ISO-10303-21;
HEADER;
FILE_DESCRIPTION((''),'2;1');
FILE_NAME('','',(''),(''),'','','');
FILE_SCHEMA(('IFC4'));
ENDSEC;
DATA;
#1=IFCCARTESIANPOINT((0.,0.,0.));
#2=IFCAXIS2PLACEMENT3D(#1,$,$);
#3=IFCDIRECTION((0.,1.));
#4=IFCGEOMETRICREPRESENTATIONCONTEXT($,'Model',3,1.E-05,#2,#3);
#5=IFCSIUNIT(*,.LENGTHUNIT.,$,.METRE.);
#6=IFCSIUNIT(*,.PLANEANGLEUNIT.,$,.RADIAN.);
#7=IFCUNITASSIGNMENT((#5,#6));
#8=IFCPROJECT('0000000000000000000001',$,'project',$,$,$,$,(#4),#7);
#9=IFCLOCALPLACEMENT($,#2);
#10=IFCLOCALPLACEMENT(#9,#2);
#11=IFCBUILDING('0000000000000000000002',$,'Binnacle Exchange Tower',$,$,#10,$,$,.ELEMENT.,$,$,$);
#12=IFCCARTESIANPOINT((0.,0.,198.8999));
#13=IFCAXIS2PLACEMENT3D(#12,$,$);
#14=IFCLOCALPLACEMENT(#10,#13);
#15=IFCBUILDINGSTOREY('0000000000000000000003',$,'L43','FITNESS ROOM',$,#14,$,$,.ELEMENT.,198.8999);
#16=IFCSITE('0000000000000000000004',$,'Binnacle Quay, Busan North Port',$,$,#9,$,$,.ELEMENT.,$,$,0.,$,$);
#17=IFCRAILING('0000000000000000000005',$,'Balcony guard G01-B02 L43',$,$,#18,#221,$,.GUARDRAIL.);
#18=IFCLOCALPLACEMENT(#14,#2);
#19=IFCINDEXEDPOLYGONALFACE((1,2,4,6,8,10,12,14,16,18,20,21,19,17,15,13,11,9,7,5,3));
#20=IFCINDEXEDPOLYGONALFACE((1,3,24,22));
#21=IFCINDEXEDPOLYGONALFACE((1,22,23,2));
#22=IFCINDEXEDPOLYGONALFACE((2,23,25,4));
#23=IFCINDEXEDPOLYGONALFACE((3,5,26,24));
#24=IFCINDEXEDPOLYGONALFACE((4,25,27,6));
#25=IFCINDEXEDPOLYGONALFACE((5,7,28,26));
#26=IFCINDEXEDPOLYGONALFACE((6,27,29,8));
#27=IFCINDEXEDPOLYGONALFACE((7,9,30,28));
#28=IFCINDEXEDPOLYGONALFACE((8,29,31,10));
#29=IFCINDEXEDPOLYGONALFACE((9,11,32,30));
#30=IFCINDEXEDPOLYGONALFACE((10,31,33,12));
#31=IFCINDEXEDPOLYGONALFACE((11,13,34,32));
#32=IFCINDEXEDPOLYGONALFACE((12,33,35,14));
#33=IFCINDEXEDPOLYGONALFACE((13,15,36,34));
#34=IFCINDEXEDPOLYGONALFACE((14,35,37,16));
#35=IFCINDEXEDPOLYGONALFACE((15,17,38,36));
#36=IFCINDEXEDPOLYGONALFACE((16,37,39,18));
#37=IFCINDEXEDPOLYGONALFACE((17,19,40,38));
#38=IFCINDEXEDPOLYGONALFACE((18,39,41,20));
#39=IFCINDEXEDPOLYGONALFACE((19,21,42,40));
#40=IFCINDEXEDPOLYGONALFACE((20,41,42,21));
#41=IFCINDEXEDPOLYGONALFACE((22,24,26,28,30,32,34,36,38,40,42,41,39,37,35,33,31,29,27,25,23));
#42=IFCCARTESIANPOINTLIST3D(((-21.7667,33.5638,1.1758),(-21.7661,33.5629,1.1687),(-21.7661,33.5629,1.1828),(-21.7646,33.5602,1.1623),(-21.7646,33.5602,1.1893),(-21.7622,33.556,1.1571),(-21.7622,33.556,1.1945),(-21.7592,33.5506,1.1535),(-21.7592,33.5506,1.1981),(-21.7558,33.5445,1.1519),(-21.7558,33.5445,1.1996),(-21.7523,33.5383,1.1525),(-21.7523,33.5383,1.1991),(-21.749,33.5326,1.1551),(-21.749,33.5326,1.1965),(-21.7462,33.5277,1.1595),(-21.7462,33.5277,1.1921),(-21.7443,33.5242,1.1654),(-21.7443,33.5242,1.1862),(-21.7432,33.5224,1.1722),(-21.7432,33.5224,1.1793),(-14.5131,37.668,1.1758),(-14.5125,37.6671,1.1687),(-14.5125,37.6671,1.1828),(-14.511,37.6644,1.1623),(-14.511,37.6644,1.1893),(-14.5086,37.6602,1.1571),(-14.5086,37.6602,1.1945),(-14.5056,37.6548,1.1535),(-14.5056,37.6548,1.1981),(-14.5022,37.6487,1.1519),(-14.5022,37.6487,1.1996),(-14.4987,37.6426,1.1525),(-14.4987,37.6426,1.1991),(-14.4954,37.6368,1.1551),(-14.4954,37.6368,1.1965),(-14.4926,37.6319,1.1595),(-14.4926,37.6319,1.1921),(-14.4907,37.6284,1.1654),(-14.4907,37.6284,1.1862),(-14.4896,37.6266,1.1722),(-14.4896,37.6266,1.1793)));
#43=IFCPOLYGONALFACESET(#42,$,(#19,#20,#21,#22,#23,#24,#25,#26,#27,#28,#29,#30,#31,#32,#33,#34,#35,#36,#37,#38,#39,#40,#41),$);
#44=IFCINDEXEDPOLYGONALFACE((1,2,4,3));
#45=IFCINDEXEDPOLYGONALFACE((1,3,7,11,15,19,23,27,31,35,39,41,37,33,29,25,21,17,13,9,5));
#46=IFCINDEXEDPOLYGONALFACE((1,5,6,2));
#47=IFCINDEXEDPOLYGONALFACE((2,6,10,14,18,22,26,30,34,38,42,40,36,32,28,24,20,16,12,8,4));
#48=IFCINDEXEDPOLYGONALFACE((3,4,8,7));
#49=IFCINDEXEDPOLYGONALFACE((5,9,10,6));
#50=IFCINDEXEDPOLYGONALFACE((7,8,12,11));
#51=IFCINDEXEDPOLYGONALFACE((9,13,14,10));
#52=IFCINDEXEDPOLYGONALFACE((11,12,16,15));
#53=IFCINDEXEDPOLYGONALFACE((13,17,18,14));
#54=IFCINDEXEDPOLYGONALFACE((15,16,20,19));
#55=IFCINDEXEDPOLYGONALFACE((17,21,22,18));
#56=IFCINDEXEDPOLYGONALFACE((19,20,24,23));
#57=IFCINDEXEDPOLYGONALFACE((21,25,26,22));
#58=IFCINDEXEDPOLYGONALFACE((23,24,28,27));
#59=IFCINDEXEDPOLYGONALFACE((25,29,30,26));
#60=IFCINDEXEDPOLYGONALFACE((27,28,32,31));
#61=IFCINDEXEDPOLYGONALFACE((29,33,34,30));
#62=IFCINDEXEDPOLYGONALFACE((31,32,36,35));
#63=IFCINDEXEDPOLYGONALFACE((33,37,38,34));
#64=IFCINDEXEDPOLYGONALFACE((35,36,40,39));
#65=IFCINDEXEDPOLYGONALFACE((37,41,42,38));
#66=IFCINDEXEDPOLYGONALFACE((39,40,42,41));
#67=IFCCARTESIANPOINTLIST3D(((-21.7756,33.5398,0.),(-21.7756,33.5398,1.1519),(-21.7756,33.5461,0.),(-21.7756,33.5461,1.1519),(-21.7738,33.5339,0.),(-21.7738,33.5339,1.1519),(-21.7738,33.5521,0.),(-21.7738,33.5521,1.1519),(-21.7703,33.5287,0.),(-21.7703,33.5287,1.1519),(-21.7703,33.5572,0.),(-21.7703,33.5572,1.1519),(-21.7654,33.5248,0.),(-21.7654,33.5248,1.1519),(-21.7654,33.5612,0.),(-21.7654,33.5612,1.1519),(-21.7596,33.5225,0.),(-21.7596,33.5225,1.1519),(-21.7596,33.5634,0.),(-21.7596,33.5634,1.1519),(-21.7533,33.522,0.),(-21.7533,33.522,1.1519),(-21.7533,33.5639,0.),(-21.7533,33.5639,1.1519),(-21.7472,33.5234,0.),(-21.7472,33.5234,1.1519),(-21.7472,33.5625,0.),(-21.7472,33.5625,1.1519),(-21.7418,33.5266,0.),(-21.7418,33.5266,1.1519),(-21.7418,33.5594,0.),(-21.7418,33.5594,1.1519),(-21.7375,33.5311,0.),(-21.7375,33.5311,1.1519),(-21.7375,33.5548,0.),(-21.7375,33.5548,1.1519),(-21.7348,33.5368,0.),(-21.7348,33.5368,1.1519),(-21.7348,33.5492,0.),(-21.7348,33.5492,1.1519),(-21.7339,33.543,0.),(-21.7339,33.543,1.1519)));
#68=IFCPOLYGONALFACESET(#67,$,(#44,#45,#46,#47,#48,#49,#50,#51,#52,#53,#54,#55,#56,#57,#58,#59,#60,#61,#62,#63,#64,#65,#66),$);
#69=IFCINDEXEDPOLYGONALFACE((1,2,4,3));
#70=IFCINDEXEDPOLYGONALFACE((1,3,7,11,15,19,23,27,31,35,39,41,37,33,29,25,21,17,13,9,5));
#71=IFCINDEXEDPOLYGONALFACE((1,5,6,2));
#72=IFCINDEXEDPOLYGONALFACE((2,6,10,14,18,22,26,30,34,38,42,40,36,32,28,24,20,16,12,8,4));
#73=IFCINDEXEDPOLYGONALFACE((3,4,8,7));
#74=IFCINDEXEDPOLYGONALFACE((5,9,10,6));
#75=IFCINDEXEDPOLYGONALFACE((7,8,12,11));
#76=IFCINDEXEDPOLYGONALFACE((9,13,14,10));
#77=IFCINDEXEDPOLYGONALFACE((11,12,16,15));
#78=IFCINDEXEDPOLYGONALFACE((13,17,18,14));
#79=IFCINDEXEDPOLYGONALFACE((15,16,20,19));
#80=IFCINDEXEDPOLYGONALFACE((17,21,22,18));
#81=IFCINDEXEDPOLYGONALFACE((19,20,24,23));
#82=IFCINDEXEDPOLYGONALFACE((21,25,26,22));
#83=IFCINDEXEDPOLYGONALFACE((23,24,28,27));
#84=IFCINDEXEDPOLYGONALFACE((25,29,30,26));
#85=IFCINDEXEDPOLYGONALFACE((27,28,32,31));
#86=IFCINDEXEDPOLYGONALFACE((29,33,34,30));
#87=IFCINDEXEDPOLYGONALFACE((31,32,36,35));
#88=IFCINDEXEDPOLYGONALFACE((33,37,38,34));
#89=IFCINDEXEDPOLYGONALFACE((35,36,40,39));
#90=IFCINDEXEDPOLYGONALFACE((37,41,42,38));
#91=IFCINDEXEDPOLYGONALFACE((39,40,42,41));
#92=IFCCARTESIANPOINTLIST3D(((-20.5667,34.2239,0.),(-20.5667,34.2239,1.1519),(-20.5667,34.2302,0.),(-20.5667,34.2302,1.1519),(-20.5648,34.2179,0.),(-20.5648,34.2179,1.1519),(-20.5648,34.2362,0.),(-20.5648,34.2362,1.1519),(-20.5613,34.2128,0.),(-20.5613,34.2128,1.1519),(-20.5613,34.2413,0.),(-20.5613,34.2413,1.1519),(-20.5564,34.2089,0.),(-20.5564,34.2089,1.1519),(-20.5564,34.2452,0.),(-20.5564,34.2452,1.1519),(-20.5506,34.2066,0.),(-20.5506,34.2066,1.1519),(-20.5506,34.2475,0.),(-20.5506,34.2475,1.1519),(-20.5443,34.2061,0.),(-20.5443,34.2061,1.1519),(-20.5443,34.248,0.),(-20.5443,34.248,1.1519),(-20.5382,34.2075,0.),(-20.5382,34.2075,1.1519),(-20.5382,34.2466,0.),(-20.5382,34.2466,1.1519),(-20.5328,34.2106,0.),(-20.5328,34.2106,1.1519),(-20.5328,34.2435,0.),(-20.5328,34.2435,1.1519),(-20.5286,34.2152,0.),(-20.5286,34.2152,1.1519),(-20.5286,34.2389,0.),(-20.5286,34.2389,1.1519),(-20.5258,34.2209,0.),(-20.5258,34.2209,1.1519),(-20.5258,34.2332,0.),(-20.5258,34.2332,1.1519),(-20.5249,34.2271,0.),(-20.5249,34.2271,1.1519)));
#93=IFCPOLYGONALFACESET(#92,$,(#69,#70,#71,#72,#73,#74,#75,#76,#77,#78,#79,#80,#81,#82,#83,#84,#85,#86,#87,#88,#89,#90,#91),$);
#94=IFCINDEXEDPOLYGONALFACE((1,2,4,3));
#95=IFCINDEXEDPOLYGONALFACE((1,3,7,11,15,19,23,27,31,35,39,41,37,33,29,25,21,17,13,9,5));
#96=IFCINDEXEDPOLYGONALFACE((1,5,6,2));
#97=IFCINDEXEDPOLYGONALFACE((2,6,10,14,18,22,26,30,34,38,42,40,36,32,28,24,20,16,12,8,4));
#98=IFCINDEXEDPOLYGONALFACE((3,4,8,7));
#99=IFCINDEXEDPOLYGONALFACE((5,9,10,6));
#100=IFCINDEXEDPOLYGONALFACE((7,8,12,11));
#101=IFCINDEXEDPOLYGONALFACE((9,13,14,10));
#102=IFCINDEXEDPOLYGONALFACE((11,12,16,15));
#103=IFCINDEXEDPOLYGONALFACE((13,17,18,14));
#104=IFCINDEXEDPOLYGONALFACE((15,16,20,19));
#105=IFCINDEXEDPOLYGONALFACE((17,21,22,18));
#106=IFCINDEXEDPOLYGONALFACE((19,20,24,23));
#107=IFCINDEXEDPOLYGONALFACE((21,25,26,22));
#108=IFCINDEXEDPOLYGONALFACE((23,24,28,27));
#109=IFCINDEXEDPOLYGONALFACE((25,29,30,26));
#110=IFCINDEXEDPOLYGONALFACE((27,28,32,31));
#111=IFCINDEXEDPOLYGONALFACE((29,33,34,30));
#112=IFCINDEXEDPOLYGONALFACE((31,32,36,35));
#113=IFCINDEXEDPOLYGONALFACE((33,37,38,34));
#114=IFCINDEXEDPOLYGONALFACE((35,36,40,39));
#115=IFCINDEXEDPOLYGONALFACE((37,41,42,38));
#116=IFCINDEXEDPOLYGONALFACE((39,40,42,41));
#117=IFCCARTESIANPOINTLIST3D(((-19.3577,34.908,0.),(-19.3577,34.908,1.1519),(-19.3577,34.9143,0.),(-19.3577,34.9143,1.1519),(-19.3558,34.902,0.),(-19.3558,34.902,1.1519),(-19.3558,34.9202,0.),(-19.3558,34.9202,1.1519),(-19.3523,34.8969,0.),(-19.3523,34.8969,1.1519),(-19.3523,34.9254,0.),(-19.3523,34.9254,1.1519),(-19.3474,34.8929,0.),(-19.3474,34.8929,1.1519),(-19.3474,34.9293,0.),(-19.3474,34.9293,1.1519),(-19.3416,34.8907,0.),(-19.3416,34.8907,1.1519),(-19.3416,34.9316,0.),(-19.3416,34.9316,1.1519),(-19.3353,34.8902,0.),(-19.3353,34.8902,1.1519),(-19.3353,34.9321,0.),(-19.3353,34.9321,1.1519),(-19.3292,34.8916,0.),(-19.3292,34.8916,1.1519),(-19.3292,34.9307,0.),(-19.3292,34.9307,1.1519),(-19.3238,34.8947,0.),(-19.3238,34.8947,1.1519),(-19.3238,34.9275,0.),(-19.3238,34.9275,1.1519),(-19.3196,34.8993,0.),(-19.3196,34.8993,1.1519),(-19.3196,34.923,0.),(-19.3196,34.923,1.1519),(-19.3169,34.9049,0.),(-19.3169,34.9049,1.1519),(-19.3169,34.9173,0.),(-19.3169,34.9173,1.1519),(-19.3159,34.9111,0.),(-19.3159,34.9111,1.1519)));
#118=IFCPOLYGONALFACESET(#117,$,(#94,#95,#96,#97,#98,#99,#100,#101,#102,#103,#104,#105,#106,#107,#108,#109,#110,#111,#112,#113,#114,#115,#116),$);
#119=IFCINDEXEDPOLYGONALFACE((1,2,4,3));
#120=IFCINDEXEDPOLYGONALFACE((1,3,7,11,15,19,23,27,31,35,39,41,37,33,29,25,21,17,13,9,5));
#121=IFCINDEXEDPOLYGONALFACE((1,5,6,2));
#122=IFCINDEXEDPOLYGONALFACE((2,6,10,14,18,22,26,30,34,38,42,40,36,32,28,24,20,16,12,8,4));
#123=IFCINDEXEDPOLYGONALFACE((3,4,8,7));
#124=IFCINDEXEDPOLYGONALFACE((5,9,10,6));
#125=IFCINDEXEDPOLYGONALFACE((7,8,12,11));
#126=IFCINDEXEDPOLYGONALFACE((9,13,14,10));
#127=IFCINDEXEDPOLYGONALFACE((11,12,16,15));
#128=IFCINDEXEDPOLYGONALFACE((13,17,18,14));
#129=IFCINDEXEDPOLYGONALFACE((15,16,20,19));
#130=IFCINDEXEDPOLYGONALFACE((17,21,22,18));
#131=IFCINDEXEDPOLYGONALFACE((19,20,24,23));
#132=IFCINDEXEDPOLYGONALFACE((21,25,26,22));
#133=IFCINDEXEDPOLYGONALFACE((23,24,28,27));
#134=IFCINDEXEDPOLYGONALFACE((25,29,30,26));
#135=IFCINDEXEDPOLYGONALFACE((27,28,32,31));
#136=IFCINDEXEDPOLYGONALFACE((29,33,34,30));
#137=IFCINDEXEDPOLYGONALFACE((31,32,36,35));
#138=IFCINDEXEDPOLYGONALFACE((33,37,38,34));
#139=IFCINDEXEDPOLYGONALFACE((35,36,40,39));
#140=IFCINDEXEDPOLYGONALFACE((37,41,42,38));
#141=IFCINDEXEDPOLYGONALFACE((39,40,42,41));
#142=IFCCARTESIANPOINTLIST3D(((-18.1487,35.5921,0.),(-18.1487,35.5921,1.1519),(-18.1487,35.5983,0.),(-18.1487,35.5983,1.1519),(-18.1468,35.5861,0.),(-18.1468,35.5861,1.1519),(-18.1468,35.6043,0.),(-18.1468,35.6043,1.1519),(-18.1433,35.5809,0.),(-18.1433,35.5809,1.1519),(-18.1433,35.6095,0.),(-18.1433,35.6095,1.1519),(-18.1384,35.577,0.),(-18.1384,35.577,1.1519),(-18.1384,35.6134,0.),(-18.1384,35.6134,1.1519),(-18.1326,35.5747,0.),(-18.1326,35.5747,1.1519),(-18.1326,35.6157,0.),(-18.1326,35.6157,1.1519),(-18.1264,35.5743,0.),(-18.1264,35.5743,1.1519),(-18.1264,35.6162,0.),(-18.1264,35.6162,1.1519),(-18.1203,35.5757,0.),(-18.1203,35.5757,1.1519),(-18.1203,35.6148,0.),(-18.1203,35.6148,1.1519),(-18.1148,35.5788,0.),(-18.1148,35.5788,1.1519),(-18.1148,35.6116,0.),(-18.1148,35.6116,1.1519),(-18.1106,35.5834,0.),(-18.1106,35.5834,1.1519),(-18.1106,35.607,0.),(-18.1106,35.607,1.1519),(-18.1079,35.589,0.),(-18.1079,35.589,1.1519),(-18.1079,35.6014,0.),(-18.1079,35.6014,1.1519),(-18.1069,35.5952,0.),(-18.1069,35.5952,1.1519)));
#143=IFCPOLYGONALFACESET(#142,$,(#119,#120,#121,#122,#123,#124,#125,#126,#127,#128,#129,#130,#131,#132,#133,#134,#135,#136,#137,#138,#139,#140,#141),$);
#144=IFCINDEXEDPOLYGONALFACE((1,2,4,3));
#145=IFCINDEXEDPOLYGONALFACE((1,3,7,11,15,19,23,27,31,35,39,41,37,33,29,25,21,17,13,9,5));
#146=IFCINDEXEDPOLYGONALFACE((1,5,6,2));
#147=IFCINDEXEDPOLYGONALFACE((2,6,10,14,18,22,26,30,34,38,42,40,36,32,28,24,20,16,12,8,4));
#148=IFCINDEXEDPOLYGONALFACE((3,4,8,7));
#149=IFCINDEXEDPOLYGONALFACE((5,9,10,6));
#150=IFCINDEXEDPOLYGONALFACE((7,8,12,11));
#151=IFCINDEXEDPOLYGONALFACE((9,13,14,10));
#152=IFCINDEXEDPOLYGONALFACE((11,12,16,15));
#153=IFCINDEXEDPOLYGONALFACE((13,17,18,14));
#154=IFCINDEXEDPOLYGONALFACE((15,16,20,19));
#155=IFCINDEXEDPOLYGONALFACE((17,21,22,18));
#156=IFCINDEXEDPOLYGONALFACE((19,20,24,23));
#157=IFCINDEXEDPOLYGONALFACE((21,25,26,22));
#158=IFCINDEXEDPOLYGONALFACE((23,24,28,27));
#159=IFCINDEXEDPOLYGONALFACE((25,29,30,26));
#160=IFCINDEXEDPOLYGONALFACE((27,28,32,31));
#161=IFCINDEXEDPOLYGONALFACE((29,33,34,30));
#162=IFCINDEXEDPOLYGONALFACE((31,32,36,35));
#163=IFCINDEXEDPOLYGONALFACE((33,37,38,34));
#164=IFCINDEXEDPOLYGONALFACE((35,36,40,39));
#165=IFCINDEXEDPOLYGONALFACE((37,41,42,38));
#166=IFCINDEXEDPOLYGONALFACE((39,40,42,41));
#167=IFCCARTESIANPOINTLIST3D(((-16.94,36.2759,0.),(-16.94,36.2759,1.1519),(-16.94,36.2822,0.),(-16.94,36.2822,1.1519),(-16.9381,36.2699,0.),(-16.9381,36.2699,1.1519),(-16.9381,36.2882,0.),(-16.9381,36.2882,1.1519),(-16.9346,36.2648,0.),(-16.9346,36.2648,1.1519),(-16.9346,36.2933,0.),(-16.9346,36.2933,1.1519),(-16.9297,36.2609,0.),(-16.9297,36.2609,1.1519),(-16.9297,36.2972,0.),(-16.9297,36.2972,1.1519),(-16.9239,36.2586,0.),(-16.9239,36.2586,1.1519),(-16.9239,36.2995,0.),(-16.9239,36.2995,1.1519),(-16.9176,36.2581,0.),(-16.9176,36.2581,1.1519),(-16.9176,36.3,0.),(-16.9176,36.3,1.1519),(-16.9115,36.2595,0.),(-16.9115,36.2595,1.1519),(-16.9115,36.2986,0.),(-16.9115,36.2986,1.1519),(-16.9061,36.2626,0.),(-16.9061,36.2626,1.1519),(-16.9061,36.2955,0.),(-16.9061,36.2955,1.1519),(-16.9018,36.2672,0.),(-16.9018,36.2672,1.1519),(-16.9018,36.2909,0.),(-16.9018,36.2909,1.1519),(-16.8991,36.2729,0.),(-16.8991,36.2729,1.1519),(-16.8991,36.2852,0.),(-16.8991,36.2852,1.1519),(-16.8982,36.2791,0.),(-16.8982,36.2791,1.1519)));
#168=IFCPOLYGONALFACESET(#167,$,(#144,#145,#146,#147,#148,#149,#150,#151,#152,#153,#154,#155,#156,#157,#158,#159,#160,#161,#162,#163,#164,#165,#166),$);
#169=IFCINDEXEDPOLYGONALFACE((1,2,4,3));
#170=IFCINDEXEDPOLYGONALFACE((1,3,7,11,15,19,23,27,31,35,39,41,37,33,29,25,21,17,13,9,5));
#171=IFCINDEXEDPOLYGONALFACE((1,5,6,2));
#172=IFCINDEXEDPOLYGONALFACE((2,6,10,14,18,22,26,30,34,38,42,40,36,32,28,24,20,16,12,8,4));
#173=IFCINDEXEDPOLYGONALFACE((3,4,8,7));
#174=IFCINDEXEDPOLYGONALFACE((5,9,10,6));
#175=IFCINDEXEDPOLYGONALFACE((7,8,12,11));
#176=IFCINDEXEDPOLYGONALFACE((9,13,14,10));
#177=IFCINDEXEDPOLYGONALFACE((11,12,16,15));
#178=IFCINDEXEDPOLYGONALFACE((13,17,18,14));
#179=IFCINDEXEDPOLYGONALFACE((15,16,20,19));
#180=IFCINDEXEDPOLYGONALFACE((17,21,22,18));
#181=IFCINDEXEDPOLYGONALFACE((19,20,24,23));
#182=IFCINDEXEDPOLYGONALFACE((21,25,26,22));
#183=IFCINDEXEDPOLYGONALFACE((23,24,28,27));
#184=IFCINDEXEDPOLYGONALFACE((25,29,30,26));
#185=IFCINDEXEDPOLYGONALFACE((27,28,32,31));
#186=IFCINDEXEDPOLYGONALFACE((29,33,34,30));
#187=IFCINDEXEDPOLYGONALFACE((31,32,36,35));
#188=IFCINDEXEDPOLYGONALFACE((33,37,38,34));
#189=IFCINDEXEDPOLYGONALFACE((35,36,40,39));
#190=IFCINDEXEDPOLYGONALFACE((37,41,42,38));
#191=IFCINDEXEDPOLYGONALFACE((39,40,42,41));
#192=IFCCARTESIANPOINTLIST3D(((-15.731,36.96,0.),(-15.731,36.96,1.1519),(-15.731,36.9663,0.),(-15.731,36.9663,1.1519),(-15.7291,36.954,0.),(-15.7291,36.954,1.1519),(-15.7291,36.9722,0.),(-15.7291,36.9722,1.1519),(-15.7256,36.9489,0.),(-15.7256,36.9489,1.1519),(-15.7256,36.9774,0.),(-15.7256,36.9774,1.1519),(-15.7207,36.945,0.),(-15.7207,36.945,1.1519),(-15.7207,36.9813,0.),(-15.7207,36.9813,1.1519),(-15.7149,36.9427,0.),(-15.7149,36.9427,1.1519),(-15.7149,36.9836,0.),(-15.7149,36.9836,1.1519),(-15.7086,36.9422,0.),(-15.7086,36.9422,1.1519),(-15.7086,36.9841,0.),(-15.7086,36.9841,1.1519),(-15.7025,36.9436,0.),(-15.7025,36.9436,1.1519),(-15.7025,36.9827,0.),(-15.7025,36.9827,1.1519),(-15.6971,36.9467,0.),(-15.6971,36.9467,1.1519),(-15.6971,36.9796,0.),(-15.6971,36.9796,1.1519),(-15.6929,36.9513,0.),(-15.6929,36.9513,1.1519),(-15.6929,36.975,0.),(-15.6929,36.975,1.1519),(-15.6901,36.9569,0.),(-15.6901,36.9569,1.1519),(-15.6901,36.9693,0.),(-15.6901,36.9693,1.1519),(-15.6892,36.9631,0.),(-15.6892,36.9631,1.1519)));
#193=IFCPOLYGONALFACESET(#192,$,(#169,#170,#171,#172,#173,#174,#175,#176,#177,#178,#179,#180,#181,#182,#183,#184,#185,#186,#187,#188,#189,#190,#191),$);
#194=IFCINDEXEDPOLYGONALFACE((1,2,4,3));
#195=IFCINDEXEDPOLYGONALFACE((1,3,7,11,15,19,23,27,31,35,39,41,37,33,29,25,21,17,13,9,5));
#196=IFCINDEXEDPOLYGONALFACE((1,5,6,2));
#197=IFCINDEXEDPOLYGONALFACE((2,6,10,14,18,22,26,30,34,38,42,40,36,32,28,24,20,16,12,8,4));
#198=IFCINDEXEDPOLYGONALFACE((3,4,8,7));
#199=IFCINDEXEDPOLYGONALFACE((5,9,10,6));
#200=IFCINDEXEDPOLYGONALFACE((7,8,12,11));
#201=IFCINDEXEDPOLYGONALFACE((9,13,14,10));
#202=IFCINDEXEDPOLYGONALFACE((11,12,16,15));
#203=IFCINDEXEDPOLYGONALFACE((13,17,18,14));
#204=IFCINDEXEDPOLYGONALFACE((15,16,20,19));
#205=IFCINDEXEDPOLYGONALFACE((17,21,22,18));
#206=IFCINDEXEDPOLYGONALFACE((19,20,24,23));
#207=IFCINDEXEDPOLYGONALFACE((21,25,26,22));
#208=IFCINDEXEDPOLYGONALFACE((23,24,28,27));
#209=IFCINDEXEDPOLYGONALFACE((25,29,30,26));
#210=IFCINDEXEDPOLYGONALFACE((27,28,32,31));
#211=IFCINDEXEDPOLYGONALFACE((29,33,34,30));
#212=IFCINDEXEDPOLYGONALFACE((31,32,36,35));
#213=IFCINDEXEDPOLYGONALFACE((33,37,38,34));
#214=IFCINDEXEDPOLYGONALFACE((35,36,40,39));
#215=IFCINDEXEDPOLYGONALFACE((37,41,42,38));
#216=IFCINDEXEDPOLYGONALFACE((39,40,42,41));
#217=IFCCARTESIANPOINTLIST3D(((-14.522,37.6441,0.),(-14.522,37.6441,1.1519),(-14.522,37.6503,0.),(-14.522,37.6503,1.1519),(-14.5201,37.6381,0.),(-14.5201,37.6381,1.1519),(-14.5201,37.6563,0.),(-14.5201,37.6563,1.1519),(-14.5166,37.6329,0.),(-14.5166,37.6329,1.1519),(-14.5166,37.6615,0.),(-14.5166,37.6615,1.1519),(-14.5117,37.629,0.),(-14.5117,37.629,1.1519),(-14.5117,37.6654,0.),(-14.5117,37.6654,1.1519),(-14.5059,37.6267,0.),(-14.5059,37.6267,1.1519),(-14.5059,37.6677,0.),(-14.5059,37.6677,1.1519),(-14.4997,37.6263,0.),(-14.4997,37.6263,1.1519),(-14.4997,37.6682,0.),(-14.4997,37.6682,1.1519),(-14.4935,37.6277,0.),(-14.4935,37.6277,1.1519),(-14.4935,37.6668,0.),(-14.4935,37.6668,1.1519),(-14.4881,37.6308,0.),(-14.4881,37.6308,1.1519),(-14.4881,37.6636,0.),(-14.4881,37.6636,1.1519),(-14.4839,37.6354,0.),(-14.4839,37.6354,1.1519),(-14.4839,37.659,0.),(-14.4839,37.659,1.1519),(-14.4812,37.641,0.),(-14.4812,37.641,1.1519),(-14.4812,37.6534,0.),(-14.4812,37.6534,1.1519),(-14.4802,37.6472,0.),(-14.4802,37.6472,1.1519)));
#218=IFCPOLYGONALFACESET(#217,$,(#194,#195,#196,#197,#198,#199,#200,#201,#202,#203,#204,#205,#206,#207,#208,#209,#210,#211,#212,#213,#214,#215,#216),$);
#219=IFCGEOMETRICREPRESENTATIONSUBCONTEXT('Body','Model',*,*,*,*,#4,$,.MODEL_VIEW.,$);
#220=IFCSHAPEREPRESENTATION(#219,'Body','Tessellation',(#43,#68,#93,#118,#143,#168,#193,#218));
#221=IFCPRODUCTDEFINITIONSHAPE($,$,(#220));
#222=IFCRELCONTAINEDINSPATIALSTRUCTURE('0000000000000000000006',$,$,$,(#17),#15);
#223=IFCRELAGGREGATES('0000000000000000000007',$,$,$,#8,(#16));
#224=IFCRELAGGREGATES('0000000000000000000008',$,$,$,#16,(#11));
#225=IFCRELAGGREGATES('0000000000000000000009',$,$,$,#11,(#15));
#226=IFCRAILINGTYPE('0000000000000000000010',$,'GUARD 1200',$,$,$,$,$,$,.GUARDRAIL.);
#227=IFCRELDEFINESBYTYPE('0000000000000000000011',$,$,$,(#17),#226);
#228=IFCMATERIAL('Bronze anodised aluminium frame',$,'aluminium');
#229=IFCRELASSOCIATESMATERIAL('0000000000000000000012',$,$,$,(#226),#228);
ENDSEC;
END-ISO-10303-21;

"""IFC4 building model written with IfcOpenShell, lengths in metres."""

from ifc_helpers import new_model, si_unit, direction, frame, origin, origin_2d, place, context, subcontext, project, spatial, circle, extrude, material, type_object, element, save


model = new_model("IFC4")

# Units and contexts
model_context = context("Model", 3, precision=1e-05, world=origin(), true_north=direction((0.0, 1.0)))
body_context = subcontext(model_context, "Body", "Model", "MODEL_VIEW")
ifc_project = project(units=[si_unit("LENGTHUNIT", "METRE"), si_unit("PLANEANGLEUNIT", "RADIAN")], contexts=[model_context])

# Site, building, storey
site_placement = place(None, origin())
site = spatial("IfcSite", under=ifc_project, at=site_placement, Name="Binnacle Quay, Busan North Port", CompositionType="ELEMENT", RefElevation=0.0)
building_placement = place(site_placement, origin())
building = spatial("IfcBuilding", under=site, at=building_placement, Name="Binnacle Exchange Tower", CompositionType="ELEMENT")
storey_placement = place(building_placement, frame((0.0, 0.0, 198.8999)))
storey = spatial("IfcBuildingStorey", under=building, at=storey_placement, Name="L43", Description="FITNESS ROOM", CompositionType="ELEMENT", Elevation=198.8999)

# Railing
ifc_material_1 = material(Name="Bronze anodised aluminium frame", Category="aluminium")
railing_type_1 = type_object("IfcRailingType", Name="GUARD 1200", PredefinedType="GUARDRAIL", material=ifc_material_1)
railing_1_placement = place(storey_placement, frame((-21.7549, 33.543, 0.0)))
element("IfcRailing", 1, at=railing_1_placement, inside=storey, type_object=railing_type_1, Name="Balcony guard G01-B02 L43", PredefinedType="GUARDRAIL", context=body_context, shape_type="SweptSolid", body=[
    extrude(circle(Radius=0.0239, at=origin_2d()), frame((0.0, 0.0, 1.1758), z_axis=(0.870339, 0.492453, 0.0), x_axis=(-0.492453, 0.870339, 0.0)), (0.0, 0.0, 1.0), 8.3342),
    extrude(circle(Radius=0.021, at=origin_2d()), origin(), (0.0, 0.0, 1.0), 1.1519),
    extrude(circle(Radius=0.021, at=origin_2d()), frame((1.209, 0.6841, 0.0)), (0.0, 0.0, 1.0), 1.1519),
    extrude(circle(Radius=0.021, at=origin_2d()), frame((2.418, 1.3682, 0.0)), (0.0, 0.0, 1.0), 1.1519),
    extrude(circle(Radius=0.021, at=origin_2d()), frame((3.627, 2.0522, 0.0)), (0.0, 0.0, 1.0), 1.1519),
    extrude(circle(Radius=0.021, at=origin_2d()), frame((4.8357, 2.7361, 0.0)), (0.0, 0.0, 1.0), 1.1519),
    extrude(circle(Radius=0.021, at=origin_2d()), frame((6.0447, 3.4202, 0.0)), (0.0, 0.0, 1.0), 1.1519),
    extrude(circle(Radius=0.021, at=origin_2d()), frame((7.2537, 4.1042, 0.0)), (0.0, 0.0, 1.0), 1.1519),
])

save(model, "model.ifc")
